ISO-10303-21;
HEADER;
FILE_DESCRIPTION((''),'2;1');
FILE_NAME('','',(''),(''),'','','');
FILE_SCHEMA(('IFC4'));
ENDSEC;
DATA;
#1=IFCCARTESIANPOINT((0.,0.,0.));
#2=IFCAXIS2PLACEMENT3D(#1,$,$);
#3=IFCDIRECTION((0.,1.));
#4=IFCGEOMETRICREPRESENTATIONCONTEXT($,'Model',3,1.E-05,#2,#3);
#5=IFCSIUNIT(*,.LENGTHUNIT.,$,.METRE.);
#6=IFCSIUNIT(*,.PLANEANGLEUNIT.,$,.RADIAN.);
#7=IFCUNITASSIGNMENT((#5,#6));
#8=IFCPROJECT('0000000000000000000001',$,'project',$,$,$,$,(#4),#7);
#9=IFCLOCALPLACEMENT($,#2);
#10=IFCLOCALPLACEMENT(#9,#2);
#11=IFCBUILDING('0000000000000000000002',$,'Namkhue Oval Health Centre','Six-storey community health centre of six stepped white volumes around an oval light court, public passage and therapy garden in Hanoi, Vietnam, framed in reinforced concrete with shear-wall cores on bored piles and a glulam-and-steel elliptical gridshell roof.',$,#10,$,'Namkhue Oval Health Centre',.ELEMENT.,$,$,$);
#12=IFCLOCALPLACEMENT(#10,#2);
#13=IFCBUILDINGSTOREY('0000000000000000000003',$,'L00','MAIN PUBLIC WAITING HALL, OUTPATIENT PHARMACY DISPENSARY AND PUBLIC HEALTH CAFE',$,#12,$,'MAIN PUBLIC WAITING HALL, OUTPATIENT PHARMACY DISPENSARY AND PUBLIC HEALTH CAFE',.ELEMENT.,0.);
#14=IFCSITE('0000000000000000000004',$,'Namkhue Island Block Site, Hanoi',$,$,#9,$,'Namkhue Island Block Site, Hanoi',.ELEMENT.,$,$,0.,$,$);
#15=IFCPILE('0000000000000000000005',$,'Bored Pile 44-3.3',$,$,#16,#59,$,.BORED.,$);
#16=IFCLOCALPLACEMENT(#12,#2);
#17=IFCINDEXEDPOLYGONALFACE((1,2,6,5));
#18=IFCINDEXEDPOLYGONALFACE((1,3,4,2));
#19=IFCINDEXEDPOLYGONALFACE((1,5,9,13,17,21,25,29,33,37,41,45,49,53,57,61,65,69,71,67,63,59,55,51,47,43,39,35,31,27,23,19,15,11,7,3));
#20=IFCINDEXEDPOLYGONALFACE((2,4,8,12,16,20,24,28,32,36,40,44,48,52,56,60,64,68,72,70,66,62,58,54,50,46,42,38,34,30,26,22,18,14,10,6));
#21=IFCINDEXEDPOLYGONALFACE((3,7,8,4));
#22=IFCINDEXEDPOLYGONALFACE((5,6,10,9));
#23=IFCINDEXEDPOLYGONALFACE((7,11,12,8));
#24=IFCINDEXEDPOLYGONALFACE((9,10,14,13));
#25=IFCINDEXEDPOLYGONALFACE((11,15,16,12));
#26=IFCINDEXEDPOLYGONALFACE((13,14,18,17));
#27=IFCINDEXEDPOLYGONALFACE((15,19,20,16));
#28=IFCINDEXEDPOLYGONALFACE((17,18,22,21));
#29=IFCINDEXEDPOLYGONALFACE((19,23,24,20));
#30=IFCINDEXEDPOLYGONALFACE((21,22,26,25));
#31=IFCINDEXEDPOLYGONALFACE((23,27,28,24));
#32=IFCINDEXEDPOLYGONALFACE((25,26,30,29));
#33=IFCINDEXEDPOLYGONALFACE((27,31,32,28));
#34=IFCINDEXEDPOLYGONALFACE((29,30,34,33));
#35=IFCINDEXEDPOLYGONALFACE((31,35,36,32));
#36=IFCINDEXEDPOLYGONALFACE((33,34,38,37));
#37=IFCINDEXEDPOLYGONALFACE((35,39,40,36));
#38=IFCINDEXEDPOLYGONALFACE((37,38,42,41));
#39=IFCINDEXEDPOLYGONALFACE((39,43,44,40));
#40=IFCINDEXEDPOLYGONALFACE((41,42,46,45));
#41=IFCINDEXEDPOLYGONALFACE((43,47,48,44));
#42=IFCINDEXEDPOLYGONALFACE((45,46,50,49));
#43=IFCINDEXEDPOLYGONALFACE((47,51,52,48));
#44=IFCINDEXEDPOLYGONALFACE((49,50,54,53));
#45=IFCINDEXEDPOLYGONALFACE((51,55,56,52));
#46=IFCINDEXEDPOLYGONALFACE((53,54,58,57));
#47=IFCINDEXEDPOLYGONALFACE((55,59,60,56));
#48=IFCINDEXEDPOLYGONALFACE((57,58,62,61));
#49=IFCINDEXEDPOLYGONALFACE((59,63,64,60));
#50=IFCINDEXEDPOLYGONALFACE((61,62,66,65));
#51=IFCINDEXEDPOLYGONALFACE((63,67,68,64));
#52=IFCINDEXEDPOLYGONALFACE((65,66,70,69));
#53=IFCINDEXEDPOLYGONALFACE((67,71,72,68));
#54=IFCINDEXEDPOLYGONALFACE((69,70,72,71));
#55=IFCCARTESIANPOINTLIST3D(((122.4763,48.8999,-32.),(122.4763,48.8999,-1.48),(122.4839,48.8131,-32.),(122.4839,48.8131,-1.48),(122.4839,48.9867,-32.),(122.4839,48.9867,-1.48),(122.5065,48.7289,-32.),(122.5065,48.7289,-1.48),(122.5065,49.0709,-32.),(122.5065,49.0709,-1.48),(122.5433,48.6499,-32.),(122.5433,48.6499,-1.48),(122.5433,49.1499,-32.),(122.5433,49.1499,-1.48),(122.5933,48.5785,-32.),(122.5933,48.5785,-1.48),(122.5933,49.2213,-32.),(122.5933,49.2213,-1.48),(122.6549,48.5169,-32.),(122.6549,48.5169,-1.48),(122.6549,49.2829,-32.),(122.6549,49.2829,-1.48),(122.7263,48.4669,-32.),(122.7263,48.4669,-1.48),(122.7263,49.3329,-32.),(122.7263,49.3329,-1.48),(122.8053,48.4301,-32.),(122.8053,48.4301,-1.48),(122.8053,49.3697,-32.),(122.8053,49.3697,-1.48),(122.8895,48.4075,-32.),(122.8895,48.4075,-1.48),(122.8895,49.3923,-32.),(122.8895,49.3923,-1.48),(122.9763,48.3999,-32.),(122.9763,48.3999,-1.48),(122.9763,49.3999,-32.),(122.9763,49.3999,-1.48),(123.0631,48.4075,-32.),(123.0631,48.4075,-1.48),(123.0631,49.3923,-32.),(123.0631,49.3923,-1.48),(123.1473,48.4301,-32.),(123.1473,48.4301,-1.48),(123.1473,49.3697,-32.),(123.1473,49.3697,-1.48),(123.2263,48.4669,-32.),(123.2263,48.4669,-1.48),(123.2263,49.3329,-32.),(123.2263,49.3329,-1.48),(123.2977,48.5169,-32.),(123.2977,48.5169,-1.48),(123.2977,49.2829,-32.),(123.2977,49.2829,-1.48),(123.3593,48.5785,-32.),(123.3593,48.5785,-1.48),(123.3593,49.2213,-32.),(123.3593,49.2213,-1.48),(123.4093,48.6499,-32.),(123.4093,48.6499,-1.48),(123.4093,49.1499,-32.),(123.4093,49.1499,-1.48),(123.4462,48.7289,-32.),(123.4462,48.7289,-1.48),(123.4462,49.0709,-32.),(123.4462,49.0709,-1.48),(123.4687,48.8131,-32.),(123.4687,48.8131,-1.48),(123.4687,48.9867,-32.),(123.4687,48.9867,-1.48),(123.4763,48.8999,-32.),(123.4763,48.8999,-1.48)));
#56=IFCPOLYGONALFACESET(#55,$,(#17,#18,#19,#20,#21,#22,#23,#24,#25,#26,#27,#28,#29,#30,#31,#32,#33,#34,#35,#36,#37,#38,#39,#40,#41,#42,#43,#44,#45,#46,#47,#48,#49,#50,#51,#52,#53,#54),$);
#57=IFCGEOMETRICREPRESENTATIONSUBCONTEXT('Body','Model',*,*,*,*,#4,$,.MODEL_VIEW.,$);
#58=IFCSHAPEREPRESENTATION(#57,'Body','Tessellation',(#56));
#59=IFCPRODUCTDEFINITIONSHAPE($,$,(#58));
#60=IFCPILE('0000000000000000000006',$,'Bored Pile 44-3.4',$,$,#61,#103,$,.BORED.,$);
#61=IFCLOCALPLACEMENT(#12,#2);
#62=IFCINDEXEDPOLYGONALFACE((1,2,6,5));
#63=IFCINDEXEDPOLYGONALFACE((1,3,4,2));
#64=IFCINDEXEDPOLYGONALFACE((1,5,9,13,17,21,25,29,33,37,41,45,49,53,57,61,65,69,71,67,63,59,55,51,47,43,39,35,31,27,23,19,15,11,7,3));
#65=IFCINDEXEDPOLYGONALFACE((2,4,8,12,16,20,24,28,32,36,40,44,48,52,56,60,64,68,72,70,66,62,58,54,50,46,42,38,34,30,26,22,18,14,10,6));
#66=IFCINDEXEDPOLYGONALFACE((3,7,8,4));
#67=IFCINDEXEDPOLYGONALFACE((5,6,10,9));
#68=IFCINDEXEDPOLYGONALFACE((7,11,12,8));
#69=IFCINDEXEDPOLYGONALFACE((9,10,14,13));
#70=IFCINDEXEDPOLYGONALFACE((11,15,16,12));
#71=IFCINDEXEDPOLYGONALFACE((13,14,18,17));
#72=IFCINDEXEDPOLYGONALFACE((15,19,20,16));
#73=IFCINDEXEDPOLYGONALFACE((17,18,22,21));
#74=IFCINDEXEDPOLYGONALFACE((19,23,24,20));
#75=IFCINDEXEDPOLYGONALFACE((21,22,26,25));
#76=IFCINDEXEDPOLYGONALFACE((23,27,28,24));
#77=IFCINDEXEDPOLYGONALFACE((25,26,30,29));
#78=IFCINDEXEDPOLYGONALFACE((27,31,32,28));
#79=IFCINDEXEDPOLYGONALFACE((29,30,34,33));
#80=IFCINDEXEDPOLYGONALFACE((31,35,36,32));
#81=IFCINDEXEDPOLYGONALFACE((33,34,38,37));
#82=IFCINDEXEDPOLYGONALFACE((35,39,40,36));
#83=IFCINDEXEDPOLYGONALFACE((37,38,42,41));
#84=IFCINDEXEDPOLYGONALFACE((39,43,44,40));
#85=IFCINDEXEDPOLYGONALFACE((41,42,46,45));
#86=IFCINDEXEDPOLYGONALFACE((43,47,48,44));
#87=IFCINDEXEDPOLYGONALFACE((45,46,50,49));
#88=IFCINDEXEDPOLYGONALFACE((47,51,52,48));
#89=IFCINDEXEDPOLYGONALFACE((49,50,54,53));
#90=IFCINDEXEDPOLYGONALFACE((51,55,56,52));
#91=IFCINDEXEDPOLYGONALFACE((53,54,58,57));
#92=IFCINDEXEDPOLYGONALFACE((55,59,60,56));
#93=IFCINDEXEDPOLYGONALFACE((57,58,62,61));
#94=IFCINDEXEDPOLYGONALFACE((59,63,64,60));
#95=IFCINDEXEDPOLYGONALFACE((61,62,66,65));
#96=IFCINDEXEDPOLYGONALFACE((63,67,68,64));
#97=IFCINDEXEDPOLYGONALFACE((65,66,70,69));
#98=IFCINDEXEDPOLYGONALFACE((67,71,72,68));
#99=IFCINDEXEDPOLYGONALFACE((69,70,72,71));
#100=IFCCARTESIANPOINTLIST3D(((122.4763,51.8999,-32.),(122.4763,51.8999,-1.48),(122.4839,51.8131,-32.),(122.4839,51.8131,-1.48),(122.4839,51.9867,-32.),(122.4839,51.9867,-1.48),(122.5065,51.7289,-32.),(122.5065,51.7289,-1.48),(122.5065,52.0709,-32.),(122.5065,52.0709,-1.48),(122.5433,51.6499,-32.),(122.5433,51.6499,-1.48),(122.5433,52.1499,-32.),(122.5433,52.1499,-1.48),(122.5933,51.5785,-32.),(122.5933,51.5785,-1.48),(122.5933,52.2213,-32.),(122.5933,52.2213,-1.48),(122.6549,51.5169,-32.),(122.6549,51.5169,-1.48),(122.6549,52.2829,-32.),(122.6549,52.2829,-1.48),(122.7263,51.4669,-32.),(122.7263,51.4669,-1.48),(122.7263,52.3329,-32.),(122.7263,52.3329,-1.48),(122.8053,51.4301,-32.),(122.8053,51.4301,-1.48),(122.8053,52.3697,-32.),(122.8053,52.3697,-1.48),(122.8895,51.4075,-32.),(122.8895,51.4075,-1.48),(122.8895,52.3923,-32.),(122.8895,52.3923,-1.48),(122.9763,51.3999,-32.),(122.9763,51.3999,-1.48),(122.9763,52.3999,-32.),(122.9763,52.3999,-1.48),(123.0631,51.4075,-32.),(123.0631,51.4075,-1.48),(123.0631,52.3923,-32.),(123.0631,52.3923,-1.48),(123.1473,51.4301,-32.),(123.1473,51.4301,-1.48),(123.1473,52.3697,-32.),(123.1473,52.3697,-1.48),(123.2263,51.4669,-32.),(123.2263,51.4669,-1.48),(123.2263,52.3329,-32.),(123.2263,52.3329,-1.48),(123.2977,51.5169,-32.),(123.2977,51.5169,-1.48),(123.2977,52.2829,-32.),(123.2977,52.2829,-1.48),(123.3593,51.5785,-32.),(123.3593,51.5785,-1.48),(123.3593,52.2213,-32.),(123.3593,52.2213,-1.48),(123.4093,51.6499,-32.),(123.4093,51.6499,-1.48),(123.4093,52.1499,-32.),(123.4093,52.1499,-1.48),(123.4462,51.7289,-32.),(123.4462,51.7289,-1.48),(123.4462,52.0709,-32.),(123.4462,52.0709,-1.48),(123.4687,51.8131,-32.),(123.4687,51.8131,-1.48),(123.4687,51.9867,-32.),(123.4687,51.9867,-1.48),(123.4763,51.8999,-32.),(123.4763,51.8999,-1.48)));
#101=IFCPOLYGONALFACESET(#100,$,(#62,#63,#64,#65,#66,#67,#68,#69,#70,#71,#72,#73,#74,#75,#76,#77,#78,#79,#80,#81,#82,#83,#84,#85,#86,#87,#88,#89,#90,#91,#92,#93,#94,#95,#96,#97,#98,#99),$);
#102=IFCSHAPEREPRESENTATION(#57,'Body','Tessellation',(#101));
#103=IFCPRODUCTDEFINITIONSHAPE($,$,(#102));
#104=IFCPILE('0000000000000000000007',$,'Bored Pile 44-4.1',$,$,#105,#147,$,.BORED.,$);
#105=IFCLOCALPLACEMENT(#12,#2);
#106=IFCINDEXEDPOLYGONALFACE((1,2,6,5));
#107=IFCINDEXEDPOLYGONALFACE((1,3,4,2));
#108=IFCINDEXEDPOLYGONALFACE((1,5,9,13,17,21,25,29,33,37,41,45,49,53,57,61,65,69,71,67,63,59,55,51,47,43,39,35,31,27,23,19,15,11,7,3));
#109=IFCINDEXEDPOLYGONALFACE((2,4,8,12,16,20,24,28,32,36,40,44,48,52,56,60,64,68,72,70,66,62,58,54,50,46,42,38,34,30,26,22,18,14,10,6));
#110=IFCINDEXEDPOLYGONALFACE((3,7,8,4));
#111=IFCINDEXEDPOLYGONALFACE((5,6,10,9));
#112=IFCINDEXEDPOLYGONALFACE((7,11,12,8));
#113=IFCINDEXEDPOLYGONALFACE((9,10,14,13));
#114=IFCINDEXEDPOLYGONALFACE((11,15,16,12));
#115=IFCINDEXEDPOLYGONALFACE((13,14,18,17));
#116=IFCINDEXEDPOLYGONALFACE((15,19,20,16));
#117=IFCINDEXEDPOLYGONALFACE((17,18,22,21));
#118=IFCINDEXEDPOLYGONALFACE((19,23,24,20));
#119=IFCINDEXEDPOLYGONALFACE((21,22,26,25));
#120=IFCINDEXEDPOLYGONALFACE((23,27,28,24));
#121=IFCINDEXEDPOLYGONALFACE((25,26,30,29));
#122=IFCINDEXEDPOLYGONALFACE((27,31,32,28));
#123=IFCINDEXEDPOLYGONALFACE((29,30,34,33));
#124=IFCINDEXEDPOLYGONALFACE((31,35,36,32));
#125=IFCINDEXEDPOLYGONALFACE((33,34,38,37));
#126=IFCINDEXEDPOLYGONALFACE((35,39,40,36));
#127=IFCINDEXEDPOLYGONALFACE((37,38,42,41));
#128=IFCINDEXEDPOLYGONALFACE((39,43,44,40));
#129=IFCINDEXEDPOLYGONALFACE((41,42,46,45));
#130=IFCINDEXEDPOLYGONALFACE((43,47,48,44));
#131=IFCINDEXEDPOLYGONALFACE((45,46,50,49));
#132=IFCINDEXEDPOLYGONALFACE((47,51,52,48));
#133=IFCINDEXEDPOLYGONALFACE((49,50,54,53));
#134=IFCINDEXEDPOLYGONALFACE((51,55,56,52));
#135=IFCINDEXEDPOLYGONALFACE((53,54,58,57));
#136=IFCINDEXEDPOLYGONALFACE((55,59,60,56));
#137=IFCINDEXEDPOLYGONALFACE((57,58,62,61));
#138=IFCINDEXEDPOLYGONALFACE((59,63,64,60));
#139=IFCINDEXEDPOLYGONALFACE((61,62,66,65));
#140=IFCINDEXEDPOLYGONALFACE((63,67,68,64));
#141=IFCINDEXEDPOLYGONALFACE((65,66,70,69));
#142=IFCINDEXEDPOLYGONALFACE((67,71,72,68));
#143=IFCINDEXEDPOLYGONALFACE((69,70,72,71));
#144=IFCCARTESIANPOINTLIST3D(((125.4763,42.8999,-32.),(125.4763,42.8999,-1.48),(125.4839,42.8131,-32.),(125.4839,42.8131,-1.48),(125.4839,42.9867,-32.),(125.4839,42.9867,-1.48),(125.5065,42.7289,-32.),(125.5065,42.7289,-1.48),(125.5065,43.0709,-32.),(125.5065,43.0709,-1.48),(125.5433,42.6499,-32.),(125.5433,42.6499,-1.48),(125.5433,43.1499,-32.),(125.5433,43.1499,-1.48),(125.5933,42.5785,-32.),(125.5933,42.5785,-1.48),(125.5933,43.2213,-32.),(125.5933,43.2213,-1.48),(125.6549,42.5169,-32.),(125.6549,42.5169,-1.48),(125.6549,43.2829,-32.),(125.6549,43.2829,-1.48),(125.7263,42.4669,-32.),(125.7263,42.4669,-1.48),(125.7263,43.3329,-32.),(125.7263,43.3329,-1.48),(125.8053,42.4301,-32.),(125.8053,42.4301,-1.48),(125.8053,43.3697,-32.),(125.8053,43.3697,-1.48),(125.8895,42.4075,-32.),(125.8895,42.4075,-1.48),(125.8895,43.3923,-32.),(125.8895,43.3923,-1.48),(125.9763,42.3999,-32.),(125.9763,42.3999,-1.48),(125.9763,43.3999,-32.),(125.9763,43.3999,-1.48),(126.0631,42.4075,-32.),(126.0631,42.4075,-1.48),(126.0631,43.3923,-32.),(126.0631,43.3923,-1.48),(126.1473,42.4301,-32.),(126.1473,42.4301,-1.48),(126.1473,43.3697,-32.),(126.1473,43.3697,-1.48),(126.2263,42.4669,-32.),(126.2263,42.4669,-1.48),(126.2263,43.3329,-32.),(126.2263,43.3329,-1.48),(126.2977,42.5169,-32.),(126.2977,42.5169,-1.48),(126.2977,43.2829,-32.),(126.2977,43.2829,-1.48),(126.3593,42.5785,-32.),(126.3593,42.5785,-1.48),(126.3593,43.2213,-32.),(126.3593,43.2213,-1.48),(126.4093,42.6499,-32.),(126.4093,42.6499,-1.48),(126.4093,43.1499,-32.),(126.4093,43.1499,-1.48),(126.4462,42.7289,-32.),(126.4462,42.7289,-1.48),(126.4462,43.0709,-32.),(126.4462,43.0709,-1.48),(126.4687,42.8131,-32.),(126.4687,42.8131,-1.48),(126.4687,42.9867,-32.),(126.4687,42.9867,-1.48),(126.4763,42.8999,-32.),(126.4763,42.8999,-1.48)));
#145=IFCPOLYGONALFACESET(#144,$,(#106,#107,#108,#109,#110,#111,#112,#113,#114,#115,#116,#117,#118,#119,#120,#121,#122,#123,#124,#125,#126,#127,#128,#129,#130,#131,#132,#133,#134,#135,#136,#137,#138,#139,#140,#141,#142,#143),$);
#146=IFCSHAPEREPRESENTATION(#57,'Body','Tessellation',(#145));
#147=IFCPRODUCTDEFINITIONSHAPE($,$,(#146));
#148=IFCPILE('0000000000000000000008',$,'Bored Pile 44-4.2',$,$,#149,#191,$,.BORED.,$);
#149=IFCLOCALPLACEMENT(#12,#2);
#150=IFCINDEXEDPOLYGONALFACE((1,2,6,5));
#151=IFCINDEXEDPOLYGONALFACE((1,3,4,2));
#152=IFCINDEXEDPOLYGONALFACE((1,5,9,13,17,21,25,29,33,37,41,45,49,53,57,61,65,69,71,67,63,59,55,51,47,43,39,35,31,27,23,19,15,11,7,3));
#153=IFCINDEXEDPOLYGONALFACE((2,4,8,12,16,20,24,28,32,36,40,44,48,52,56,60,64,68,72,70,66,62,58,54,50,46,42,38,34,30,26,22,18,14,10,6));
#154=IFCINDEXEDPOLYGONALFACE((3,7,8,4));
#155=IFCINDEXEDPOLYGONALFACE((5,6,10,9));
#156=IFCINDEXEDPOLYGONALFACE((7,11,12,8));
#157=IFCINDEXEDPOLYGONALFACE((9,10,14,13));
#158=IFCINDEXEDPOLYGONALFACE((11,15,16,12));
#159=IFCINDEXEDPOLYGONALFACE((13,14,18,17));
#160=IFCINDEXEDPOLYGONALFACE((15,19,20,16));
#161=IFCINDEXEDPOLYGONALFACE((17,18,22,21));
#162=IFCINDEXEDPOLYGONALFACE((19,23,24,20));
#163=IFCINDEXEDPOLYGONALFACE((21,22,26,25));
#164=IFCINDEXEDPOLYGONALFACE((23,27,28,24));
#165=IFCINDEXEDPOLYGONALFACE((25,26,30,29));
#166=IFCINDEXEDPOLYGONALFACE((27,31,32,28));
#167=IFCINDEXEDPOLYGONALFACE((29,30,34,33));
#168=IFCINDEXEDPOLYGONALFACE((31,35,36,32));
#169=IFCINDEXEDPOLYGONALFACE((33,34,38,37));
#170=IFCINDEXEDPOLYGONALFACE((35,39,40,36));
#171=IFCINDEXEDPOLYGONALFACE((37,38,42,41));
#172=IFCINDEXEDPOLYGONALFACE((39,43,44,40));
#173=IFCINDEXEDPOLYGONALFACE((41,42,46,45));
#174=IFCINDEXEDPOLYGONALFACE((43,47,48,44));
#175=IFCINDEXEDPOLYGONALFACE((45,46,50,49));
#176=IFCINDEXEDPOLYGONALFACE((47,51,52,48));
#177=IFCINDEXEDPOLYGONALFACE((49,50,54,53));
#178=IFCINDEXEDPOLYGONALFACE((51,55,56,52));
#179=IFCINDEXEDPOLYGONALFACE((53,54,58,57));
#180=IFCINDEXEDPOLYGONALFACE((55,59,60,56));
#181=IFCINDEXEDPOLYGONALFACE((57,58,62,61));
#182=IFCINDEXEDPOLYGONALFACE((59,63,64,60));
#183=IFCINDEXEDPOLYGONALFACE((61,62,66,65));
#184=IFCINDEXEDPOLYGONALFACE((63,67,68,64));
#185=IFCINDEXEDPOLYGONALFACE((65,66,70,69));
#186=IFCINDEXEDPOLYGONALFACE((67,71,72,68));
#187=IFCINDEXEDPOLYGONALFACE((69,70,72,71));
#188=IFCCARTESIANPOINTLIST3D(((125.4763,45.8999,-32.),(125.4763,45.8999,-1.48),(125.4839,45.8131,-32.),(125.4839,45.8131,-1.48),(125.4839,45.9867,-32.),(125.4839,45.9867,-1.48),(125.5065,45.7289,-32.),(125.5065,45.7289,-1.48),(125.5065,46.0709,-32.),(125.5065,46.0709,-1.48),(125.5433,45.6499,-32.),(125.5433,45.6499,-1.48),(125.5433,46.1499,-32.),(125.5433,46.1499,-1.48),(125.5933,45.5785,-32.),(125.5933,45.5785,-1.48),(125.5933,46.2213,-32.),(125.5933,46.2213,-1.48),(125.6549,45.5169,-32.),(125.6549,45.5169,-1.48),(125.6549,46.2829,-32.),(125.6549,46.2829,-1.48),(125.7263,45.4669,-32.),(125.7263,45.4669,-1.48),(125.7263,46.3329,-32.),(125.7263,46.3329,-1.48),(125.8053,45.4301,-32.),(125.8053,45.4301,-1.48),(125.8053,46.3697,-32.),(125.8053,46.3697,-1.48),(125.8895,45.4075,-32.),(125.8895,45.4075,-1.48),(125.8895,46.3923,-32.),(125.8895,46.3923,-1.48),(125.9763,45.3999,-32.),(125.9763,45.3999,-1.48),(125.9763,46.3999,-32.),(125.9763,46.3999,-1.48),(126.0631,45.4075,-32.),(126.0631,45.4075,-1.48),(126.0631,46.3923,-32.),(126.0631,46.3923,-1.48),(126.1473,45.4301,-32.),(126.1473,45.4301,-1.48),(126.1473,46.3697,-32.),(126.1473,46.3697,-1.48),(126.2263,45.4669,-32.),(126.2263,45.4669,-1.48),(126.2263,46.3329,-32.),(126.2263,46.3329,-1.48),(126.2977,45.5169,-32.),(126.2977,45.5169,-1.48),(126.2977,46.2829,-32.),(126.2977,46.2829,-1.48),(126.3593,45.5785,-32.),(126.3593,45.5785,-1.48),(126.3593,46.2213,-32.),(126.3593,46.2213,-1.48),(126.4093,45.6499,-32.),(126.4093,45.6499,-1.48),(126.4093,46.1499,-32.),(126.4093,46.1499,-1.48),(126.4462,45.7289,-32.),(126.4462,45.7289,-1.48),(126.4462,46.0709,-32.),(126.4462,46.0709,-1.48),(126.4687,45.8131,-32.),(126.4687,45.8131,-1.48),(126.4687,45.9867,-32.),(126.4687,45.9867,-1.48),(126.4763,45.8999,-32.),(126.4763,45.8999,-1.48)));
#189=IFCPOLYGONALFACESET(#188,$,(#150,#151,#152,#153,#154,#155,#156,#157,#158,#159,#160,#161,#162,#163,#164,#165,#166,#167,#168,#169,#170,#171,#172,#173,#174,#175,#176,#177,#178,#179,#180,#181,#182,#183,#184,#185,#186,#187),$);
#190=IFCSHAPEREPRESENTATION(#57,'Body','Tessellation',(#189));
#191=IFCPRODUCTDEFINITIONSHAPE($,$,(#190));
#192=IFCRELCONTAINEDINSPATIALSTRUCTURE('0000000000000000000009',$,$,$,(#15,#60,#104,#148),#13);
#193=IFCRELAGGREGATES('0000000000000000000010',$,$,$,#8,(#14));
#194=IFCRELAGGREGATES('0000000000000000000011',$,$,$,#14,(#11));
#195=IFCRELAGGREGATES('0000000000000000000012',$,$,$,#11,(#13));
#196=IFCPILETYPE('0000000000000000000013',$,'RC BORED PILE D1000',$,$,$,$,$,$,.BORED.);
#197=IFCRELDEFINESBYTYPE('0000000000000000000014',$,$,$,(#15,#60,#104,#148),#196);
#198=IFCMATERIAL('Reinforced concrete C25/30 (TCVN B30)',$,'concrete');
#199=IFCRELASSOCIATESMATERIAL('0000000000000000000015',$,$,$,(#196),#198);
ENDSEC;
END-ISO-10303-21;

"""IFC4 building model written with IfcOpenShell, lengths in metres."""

from ifc_helpers import new_model, si_unit, direction, frame, origin, origin_2d, place, context, subcontext, project, spatial, circle, extrude, material, material_profile, profile_set, type_object, element, save


model = new_model("IFC4")

# Units and contexts
model_context = context("Model", 3, precision=1e-05, world=origin(), true_north=direction((0.0, 1.0)))
body_context = subcontext(model_context, "Body", "Model", "MODEL_VIEW")
ifc_project = project(units=[si_unit("LENGTHUNIT", "METRE"), si_unit("PLANEANGLEUNIT", "RADIAN")], contexts=[model_context])

# Site, building, storey
site_placement = place(None, origin())
site = spatial("IfcSite", under=ifc_project, at=site_placement, Name="Namkhue Island Block Site, Hanoi", LongName="Namkhue Island Block Site, Hanoi", CompositionType="ELEMENT", RefElevation=0.0)
building_placement = place(site_placement, origin())
building = spatial("IfcBuilding", under=site, at=building_placement, Name="Namkhue Oval Health Centre", Description="Six-storey community health centre of six stepped white volumes around an oval light court, public passage and therapy garden in Hanoi, Vietnam, framed in reinforced concrete with shear-wall cores on bored piles and a glulam-and-steel elliptical gridshell roof.", LongName="Namkhue Oval Health Centre", CompositionType="ELEMENT")
storey_placement = place(building_placement, origin())
storey = spatial("IfcBuildingStorey", under=building, at=storey_placement, Name="L00", Description="MAIN PUBLIC WAITING HALL, OUTPATIENT PHARMACY DISPENSARY AND PUBLIC HEALTH CAFE", LongName="MAIN PUBLIC WAITING HALL, OUTPATIENT PHARMACY DISPENSARY AND PUBLIC HEALTH CAFE", CompositionType="ELEMENT", Elevation=0.0)

# Piles
ifc_material_1 = material(Name="Reinforced concrete C25/30 (TCVN B30)", Category="concrete")
ifc_material_profile_1 = material_profile(ifc_material_1, circle(Radius=0.5, at=origin_2d()), Name="BORED PILE D1000")
ifc_profile_set_1 = profile_set([ifc_material_profile_1], Name="Reinforced concrete C25/30 (TCVN B30)")
pile_type_1 = type_object("IfcPileType", Name="RC BORED PILE D1000", PredefinedType="BORED", material=ifc_profile_set_1)
for number, where, z_axis, x_axis, name in (
    (1, (122.9763, 48.8999, -1.48), (0.0, 0.0, -1.0), (1.0, 0.0, 0.0), "Bored Pile 44-3.3"),
    (2, (122.9763, 51.8999, -1.48), (0.0, 0.0, -1.0), (1.0, 0.0, 0.0), "Bored Pile 44-3.4"),
    (3, (125.9763, 42.8999, -1.48), (0.0, 0.0, -1.0), (1.0, 0.0, 0.0), "Bored Pile 44-4.1"),
    (4, (125.9763, 45.8999, -1.48), (0.0, 0.0, -1.0), (1.0, 0.0, 0.0), "Bored Pile 44-4.2"),
):
    element("IfcPile", number, at=place(storey_placement, frame(where, z_axis=z_axis, x_axis=x_axis)), inside=storey, type_object=pile_type_1, Name=name, PredefinedType="BORED", context=body_context, shape_type="SweptSolid", body=[
        extrude(circle(Radius=0.5, at=origin_2d()), origin(), (0.0, 0.0, 1.0), 30.52),
    ])

save(model, "model.ifc")
